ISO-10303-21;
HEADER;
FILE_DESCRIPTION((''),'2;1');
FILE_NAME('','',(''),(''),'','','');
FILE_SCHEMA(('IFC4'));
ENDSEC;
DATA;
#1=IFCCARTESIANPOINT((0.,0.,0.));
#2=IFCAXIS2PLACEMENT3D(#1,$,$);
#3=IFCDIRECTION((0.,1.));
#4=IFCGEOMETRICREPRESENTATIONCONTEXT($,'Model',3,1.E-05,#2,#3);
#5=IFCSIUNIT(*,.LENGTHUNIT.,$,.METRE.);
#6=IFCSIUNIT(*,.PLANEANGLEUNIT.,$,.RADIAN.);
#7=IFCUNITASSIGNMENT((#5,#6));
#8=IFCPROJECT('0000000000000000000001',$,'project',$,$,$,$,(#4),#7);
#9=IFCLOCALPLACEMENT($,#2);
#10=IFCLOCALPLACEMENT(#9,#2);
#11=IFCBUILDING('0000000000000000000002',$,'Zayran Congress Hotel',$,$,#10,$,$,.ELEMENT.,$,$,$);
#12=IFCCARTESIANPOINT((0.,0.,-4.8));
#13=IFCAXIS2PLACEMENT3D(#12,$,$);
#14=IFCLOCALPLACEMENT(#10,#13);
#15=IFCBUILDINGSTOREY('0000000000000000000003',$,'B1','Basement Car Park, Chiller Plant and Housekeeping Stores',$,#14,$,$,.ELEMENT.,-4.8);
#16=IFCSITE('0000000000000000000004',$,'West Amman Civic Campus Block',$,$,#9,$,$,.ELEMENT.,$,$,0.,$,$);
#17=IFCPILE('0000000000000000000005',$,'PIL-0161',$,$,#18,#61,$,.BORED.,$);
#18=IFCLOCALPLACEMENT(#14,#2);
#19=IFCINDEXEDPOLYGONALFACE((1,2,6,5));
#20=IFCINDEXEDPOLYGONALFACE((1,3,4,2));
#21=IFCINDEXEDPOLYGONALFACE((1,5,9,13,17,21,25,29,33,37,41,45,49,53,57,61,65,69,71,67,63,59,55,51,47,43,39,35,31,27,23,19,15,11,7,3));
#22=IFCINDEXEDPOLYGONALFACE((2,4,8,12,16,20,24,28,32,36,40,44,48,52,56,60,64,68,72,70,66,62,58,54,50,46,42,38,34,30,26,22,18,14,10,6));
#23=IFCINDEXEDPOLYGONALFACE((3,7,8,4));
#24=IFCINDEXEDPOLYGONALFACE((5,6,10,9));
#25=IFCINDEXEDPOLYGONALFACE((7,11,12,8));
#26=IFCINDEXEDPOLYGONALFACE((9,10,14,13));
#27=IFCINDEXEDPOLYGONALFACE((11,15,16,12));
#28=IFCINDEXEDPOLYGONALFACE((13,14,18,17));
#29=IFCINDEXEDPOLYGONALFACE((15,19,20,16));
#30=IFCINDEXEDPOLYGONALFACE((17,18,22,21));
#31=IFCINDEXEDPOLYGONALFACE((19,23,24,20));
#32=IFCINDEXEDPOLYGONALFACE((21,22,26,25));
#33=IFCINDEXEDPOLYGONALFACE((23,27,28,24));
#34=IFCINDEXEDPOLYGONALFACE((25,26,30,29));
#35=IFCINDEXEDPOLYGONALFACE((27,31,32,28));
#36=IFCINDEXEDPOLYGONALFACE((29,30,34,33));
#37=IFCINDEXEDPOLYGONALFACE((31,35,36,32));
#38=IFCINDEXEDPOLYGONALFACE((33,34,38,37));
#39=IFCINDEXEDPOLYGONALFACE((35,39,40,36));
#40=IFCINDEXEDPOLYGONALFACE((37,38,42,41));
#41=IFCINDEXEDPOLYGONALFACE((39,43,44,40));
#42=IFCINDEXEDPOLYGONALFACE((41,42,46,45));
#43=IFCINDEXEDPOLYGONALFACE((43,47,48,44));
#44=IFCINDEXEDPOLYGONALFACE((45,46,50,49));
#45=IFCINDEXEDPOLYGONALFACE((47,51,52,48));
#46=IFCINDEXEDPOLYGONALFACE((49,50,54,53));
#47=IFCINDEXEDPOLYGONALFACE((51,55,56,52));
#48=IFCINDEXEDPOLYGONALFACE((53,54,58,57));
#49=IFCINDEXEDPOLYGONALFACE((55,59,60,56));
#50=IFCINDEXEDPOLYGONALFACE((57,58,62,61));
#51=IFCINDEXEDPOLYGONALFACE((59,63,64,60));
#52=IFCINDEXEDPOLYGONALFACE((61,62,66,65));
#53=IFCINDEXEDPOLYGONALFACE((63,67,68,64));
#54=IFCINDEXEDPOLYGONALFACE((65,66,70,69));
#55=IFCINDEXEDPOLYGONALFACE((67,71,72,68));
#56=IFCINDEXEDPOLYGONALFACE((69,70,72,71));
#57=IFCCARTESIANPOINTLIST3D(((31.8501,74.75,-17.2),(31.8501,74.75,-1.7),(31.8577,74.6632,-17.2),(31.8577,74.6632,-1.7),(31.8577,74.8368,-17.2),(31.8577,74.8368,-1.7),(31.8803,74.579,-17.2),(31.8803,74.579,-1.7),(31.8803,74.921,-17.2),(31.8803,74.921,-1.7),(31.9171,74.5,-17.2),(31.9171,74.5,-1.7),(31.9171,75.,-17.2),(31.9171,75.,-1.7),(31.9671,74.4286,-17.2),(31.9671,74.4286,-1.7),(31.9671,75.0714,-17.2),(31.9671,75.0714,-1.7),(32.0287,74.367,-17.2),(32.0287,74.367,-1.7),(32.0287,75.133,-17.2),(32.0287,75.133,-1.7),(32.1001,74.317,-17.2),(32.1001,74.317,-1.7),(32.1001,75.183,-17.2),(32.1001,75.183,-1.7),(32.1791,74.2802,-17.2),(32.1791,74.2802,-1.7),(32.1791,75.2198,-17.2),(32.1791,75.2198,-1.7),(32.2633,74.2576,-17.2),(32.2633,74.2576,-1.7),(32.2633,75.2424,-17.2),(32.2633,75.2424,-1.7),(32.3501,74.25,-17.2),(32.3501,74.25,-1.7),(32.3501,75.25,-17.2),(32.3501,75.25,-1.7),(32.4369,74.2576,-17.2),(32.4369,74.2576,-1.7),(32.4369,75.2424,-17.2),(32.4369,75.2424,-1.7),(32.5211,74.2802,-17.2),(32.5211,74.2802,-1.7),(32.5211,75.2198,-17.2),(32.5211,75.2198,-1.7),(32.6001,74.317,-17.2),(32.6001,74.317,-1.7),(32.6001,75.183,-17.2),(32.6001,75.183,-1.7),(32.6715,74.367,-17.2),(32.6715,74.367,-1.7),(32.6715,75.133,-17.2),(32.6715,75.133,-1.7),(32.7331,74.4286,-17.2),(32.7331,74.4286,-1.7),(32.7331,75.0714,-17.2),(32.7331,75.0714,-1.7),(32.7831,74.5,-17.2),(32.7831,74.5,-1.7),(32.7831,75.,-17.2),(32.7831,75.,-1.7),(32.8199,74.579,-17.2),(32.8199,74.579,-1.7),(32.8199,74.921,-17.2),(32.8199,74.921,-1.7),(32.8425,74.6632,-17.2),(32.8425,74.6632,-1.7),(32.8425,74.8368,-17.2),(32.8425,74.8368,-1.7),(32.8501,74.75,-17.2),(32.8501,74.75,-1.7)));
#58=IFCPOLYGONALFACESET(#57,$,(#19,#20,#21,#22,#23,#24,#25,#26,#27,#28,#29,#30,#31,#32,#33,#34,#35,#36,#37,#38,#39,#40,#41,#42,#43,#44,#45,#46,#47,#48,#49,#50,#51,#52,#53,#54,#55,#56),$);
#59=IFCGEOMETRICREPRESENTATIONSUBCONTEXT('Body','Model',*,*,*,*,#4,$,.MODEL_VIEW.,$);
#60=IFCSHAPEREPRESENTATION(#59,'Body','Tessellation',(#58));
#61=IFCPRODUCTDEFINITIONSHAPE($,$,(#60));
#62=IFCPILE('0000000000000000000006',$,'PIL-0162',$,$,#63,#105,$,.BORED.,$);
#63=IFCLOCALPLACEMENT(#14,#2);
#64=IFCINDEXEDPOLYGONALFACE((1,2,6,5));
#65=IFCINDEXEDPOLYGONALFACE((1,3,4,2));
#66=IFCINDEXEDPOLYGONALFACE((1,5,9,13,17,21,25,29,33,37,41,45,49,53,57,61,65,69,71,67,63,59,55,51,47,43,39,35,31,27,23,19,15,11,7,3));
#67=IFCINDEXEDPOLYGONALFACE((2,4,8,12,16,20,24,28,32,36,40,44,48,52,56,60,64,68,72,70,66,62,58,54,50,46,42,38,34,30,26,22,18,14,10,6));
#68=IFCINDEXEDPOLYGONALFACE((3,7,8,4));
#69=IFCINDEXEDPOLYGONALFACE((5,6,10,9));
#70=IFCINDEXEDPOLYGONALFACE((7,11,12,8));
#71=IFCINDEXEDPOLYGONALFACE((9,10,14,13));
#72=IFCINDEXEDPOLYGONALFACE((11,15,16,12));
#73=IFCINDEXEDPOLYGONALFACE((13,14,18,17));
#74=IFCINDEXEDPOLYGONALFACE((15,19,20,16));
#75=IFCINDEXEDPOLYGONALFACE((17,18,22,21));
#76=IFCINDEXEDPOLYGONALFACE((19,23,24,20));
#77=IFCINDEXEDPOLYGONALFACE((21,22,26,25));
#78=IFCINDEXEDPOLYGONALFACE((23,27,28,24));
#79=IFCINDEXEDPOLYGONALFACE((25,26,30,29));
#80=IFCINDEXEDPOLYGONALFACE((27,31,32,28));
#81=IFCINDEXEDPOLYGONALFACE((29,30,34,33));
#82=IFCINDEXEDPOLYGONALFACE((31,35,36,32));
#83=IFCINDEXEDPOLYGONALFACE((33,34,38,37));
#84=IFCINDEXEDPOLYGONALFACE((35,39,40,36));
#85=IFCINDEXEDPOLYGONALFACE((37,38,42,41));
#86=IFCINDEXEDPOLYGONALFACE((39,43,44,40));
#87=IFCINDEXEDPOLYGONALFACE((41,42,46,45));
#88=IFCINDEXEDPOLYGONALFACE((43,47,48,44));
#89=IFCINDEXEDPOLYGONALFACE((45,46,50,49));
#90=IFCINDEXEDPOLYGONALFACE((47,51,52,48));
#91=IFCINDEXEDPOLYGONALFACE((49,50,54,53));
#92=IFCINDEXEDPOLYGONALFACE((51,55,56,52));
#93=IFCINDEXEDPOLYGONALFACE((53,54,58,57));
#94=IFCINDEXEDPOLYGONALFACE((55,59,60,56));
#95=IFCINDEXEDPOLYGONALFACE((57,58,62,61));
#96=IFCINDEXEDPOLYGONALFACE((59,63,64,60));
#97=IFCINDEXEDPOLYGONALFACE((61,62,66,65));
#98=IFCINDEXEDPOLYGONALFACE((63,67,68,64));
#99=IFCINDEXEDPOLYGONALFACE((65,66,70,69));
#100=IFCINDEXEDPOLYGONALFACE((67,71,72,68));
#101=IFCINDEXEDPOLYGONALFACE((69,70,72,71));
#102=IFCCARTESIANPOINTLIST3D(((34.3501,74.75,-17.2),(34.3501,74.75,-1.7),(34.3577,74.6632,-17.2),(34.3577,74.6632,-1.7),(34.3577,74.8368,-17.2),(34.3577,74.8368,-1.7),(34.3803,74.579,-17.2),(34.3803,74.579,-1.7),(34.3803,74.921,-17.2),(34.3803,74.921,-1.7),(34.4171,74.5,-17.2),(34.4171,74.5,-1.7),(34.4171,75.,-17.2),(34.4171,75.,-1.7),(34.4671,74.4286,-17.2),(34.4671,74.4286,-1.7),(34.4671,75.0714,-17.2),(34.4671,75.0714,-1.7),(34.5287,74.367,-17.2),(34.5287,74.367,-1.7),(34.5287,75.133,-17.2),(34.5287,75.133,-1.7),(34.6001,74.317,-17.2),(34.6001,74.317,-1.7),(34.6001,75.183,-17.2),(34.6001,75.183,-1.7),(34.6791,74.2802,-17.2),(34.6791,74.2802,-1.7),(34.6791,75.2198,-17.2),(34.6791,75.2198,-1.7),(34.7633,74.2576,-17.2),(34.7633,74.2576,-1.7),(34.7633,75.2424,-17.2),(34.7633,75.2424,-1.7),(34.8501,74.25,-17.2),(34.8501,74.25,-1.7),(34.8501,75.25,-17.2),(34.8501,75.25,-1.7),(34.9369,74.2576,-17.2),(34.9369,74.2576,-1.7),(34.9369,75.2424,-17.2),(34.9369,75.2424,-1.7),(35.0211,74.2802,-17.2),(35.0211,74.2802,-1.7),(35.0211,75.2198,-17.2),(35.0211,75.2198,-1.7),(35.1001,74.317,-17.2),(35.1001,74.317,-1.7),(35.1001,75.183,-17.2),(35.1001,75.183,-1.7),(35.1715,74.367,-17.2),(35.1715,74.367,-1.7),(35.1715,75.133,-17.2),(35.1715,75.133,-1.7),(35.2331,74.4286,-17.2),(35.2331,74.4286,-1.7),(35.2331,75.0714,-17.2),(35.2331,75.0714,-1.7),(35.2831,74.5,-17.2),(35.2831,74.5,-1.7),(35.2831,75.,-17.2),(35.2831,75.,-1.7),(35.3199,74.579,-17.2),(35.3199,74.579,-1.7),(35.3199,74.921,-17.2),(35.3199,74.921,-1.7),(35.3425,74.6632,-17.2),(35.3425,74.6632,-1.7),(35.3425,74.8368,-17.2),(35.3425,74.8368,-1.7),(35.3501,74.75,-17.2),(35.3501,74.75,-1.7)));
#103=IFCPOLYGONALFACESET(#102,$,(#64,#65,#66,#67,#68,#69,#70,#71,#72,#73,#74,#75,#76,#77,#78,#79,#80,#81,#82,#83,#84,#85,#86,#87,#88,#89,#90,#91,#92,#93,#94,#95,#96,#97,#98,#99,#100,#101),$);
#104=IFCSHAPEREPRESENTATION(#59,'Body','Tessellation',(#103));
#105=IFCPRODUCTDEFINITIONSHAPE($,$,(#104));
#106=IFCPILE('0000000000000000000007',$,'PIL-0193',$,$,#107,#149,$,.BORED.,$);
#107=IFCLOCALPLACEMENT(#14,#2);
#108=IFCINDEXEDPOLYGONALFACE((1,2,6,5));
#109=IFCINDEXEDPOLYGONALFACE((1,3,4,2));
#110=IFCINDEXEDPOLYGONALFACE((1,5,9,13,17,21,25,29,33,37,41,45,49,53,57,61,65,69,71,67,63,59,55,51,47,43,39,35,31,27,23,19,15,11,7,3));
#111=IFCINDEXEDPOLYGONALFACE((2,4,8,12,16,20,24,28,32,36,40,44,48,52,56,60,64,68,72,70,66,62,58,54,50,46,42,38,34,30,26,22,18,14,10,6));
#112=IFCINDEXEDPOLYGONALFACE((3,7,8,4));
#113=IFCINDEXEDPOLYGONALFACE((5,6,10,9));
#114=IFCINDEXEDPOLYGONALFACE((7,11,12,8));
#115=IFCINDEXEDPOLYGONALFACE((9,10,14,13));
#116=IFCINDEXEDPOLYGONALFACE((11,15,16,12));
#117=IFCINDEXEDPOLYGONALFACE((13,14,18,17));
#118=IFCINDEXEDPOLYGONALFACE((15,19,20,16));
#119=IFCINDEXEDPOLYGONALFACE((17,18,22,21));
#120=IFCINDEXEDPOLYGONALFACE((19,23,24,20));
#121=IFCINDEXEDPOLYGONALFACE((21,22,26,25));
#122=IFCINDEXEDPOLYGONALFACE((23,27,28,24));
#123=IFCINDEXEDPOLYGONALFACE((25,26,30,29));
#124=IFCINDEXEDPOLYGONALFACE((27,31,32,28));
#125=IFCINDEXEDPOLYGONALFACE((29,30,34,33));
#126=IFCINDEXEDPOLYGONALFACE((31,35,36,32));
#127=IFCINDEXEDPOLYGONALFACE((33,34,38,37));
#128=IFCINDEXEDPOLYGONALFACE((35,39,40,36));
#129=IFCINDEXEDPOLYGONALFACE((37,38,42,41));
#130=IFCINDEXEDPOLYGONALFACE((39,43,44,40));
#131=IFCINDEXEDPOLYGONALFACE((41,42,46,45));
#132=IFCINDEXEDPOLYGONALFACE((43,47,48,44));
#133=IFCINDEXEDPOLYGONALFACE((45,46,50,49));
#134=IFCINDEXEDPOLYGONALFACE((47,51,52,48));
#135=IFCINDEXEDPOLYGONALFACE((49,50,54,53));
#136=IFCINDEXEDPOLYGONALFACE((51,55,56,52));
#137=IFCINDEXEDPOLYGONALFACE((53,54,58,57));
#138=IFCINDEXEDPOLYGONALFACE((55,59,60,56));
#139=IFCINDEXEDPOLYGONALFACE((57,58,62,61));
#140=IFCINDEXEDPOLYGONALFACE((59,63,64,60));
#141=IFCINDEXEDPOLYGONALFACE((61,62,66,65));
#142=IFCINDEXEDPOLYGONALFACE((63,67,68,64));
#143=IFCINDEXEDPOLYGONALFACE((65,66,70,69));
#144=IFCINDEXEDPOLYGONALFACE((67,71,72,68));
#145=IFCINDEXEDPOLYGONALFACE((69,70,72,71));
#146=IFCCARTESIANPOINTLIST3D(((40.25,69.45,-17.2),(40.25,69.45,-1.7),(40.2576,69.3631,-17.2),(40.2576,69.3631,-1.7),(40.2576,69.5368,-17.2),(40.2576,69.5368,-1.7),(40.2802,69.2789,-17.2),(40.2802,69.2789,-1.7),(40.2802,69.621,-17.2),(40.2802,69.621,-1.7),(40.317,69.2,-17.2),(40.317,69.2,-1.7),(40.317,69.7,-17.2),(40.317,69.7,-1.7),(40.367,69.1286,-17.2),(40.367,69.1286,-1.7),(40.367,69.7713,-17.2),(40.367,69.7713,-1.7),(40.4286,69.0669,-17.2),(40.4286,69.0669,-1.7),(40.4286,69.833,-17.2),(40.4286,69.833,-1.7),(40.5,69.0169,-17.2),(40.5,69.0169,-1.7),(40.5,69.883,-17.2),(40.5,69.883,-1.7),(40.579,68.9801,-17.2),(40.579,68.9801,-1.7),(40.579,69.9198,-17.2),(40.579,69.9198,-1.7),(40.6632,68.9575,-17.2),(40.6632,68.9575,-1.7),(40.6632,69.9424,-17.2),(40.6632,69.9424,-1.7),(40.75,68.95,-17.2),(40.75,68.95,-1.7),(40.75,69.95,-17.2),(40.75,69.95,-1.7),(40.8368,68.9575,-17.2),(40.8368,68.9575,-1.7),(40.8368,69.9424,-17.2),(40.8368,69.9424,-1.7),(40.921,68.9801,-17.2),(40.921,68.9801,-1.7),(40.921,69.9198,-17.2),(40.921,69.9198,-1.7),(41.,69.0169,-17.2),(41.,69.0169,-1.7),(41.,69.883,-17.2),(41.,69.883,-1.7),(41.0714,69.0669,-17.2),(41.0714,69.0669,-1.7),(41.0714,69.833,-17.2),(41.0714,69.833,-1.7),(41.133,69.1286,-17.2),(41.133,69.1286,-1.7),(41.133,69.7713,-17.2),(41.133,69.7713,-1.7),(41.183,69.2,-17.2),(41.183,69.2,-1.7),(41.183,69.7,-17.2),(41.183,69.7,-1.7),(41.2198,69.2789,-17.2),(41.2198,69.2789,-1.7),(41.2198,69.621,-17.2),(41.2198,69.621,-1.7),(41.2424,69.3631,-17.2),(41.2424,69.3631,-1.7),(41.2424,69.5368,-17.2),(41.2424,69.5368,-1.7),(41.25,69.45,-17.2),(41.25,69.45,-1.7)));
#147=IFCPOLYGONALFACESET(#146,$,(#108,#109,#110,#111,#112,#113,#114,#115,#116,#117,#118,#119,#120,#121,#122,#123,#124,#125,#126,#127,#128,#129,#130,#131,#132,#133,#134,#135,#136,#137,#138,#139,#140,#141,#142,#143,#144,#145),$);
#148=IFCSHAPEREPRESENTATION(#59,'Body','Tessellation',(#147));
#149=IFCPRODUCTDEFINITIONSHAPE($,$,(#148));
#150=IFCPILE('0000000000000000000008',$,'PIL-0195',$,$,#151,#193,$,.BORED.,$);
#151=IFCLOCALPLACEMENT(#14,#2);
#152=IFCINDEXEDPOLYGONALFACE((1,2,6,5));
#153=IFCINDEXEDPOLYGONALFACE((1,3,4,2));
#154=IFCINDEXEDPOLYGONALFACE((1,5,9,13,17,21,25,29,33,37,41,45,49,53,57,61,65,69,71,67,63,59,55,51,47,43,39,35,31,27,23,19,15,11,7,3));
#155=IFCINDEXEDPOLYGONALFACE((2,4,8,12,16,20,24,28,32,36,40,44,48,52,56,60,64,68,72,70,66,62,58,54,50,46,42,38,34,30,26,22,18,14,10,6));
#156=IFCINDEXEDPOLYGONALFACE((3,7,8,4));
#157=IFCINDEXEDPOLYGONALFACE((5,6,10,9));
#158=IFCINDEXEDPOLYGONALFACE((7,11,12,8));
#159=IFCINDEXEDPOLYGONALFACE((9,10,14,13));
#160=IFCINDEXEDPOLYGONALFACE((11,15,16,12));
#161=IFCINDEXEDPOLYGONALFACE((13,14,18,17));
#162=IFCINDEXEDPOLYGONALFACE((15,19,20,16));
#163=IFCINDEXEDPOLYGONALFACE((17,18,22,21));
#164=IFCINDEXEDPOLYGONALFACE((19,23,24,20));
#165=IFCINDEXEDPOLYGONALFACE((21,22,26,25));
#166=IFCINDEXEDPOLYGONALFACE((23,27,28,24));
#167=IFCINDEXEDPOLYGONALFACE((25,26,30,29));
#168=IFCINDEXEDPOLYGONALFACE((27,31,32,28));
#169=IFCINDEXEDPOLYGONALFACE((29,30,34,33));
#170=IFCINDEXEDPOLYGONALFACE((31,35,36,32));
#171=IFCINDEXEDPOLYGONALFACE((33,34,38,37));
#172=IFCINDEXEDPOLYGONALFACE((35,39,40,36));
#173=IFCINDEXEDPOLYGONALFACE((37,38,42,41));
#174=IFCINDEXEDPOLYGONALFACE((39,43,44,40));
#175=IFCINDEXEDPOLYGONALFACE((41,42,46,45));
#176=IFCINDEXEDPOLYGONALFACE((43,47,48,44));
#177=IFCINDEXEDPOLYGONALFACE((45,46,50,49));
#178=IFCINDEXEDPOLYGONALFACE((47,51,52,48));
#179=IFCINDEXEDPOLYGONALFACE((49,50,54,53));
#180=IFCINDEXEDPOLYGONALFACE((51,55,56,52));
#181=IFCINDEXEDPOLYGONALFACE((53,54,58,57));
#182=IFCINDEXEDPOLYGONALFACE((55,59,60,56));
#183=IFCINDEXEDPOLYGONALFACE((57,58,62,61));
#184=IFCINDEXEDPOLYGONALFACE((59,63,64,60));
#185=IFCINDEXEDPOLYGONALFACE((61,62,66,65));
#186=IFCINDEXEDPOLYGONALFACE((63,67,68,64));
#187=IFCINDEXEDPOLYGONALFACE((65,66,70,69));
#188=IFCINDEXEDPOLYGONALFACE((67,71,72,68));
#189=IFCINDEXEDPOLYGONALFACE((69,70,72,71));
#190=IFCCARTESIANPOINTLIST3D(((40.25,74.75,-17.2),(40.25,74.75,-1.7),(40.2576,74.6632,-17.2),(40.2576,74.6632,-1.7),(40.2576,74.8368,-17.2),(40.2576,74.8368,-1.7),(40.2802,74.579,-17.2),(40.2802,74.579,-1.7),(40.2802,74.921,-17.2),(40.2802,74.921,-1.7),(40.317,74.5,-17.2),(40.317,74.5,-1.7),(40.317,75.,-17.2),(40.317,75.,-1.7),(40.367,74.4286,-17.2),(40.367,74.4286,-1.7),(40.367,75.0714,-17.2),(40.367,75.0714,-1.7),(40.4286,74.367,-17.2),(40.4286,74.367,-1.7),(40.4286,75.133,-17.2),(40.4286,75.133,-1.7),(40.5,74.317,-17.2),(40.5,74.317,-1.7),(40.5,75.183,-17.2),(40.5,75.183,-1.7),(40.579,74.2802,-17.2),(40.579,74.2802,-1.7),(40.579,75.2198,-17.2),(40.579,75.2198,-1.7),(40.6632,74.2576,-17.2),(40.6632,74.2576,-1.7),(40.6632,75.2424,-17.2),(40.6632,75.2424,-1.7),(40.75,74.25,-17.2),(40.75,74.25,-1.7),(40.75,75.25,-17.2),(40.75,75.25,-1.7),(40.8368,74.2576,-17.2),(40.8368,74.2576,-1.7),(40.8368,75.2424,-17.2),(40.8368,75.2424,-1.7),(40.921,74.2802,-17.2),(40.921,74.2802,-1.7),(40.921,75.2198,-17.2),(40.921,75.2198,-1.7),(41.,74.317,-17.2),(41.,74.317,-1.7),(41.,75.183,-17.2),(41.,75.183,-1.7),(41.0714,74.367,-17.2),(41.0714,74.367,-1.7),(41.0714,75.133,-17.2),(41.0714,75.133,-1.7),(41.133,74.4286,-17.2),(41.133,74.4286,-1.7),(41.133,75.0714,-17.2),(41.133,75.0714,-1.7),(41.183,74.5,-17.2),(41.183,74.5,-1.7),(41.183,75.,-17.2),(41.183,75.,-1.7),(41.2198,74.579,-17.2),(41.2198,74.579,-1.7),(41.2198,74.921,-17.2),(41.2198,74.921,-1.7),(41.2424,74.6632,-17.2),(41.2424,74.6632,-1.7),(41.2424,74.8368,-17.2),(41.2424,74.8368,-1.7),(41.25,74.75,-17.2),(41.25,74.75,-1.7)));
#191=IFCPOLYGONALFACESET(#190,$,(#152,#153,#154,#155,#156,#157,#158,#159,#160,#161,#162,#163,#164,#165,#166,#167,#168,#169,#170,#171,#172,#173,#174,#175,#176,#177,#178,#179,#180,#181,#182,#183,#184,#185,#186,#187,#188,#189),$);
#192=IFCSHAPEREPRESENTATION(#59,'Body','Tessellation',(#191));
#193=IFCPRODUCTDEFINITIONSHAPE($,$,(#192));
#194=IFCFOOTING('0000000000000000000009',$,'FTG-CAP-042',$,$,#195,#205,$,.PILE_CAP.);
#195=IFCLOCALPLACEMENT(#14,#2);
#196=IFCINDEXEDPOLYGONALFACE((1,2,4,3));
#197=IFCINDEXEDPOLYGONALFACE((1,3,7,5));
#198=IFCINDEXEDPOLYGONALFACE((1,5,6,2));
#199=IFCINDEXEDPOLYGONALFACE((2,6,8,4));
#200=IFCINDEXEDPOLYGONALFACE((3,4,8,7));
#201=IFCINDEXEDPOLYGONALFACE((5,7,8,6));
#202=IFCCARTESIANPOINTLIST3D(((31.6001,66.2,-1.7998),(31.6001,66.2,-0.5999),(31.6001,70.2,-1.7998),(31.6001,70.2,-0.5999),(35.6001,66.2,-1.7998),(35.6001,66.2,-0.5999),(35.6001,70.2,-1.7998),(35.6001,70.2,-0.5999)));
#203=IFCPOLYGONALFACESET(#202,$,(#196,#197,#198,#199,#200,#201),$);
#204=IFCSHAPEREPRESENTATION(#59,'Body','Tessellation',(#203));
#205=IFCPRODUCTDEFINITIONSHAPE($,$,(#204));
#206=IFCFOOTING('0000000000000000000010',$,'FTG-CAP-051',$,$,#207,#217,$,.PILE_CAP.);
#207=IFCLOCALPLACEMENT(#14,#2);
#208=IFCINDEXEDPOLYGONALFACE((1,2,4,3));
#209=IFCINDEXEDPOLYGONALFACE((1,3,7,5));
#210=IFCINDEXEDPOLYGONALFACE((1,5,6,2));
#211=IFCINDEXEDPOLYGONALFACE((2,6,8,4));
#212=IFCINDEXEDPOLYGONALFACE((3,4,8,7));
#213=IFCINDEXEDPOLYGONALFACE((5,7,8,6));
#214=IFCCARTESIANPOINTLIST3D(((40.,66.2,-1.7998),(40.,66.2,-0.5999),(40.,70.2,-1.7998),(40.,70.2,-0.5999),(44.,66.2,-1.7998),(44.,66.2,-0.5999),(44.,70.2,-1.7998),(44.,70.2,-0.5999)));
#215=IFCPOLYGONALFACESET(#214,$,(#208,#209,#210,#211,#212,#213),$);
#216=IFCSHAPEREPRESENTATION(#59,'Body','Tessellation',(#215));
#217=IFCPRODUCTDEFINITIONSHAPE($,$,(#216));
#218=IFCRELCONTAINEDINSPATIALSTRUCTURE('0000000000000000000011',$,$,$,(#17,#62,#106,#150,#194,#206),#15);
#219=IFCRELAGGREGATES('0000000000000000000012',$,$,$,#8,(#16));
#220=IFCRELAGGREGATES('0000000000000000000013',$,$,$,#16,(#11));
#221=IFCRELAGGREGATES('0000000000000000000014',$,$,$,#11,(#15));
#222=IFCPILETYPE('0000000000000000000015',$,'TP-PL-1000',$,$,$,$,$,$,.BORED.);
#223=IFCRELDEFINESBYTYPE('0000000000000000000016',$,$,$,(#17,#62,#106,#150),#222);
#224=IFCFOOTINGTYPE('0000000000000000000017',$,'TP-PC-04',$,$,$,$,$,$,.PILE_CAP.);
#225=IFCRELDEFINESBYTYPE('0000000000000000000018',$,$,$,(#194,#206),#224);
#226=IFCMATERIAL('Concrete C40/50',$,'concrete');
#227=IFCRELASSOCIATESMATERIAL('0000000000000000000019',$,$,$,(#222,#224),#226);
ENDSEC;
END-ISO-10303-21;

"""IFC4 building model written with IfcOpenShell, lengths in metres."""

from ifc_helpers import new_model, si_unit, direction, frame, origin, origin_2d, place, context, subcontext, project, spatial, rectangle, circle, extrude, material, material_profile, profile_set, type_object, element, save


model = new_model("IFC4")

# Units and contexts
model_context = context("Model", 3, precision=1e-05, world=origin(), true_north=direction((0.0, 1.0)))
body_context = subcontext(model_context, "Body", "Model", "MODEL_VIEW")
ifc_project = project(units=[si_unit("LENGTHUNIT", "METRE"), si_unit("PLANEANGLEUNIT", "RADIAN")], contexts=[model_context])

# Site, building, storey
site_placement = place(None, origin())
site = spatial("IfcSite", under=ifc_project, at=site_placement, Name="West Amman Civic Campus Block", CompositionType="ELEMENT", RefElevation=0.0)
building_placement = place(site_placement, origin())
building = spatial("IfcBuilding", under=site, at=building_placement, Name="Zayran Congress Hotel", CompositionType="ELEMENT")
storey_placement = place(building_placement, frame((0.0, 0.0, -4.8)))
storey = spatial("IfcBuildingStorey", under=building, at=storey_placement, Name="B1", Description="Basement Car Park, Chiller Plant and Housekeeping Stores", CompositionType="ELEMENT", Elevation=-4.8)

# Piles
ifc_material = material(Name="Concrete C40/50", Category="concrete")
ifc_material_profile_1 = material_profile(ifc_material, circle(Radius=0.5, at=origin_2d()), Name="PILE D1000")
ifc_profile_set_1 = profile_set([ifc_material_profile_1], Name="Concrete C40/50")
pile_type = type_object("IfcPileType", Name="TP-PL-1000", PredefinedType="BORED", material=ifc_profile_set_1)
for number, where, z_axis, x_axis, name in (
    (1, (32.3501, 74.75, -1.7), (0.0, 0.0, -1.0), (1.0, 0.0, 0.0), "PIL-0161"),
    (2, (34.8501, 74.75, -1.7), (0.0, 0.0, -1.0), (1.0, 0.0, 0.0), "PIL-0162"),
    (3, (40.75, 69.45, -1.7), (0.0, 0.0, -1.0), (1.0, 0.0, 0.0), "PIL-0193"),
    (4, (40.75, 74.75, -1.7), (0.0, 0.0, -1.0), (1.0, 0.0, 0.0), "PIL-0195"),
):
    element("IfcPile", number, at=place(storey_placement, frame(where, z_axis=z_axis, x_axis=x_axis)), inside=storey, type_object=pile_type, Name=name, PredefinedType="BORED", context=body_context, shape_type="SweptSolid", body=[
        extrude(circle(Radius=0.5, at=origin_2d()), origin(), (0.0, 0.0, 1.0), 15.5),
    ])

# Footings
footing_type_1 = type_object("IfcFootingType", Name="TP-PC-04", PredefinedType="PILE_CAP", material=ifc_material)
for number, where, z_axis, x_axis, name in (
    (5, (33.6001, 68.2, -1.7998), (0.0, 0.0, 1.0), (1.0, 0.0, 0.0), "FTG-CAP-042"),
    (6, (42.0, 68.2, -1.7998), (0.0, 0.0, 1.0), (1.0, 0.0, 0.0), "FTG-CAP-051"),
):
    element("IfcFooting", number, at=place(storey_placement, frame(where, z_axis=z_axis, x_axis=x_axis)), inside=storey, type_object=footing_type_1, Name=name, PredefinedType="PILE_CAP", context=body_context, shape_type="SweptSolid", body=[
        extrude(rectangle(XDim=4.0, YDim=4.0, at=origin_2d()), origin(), (0.0, 0.0, 1.0), 1.2),
    ])

save(model, "model.ifc")
